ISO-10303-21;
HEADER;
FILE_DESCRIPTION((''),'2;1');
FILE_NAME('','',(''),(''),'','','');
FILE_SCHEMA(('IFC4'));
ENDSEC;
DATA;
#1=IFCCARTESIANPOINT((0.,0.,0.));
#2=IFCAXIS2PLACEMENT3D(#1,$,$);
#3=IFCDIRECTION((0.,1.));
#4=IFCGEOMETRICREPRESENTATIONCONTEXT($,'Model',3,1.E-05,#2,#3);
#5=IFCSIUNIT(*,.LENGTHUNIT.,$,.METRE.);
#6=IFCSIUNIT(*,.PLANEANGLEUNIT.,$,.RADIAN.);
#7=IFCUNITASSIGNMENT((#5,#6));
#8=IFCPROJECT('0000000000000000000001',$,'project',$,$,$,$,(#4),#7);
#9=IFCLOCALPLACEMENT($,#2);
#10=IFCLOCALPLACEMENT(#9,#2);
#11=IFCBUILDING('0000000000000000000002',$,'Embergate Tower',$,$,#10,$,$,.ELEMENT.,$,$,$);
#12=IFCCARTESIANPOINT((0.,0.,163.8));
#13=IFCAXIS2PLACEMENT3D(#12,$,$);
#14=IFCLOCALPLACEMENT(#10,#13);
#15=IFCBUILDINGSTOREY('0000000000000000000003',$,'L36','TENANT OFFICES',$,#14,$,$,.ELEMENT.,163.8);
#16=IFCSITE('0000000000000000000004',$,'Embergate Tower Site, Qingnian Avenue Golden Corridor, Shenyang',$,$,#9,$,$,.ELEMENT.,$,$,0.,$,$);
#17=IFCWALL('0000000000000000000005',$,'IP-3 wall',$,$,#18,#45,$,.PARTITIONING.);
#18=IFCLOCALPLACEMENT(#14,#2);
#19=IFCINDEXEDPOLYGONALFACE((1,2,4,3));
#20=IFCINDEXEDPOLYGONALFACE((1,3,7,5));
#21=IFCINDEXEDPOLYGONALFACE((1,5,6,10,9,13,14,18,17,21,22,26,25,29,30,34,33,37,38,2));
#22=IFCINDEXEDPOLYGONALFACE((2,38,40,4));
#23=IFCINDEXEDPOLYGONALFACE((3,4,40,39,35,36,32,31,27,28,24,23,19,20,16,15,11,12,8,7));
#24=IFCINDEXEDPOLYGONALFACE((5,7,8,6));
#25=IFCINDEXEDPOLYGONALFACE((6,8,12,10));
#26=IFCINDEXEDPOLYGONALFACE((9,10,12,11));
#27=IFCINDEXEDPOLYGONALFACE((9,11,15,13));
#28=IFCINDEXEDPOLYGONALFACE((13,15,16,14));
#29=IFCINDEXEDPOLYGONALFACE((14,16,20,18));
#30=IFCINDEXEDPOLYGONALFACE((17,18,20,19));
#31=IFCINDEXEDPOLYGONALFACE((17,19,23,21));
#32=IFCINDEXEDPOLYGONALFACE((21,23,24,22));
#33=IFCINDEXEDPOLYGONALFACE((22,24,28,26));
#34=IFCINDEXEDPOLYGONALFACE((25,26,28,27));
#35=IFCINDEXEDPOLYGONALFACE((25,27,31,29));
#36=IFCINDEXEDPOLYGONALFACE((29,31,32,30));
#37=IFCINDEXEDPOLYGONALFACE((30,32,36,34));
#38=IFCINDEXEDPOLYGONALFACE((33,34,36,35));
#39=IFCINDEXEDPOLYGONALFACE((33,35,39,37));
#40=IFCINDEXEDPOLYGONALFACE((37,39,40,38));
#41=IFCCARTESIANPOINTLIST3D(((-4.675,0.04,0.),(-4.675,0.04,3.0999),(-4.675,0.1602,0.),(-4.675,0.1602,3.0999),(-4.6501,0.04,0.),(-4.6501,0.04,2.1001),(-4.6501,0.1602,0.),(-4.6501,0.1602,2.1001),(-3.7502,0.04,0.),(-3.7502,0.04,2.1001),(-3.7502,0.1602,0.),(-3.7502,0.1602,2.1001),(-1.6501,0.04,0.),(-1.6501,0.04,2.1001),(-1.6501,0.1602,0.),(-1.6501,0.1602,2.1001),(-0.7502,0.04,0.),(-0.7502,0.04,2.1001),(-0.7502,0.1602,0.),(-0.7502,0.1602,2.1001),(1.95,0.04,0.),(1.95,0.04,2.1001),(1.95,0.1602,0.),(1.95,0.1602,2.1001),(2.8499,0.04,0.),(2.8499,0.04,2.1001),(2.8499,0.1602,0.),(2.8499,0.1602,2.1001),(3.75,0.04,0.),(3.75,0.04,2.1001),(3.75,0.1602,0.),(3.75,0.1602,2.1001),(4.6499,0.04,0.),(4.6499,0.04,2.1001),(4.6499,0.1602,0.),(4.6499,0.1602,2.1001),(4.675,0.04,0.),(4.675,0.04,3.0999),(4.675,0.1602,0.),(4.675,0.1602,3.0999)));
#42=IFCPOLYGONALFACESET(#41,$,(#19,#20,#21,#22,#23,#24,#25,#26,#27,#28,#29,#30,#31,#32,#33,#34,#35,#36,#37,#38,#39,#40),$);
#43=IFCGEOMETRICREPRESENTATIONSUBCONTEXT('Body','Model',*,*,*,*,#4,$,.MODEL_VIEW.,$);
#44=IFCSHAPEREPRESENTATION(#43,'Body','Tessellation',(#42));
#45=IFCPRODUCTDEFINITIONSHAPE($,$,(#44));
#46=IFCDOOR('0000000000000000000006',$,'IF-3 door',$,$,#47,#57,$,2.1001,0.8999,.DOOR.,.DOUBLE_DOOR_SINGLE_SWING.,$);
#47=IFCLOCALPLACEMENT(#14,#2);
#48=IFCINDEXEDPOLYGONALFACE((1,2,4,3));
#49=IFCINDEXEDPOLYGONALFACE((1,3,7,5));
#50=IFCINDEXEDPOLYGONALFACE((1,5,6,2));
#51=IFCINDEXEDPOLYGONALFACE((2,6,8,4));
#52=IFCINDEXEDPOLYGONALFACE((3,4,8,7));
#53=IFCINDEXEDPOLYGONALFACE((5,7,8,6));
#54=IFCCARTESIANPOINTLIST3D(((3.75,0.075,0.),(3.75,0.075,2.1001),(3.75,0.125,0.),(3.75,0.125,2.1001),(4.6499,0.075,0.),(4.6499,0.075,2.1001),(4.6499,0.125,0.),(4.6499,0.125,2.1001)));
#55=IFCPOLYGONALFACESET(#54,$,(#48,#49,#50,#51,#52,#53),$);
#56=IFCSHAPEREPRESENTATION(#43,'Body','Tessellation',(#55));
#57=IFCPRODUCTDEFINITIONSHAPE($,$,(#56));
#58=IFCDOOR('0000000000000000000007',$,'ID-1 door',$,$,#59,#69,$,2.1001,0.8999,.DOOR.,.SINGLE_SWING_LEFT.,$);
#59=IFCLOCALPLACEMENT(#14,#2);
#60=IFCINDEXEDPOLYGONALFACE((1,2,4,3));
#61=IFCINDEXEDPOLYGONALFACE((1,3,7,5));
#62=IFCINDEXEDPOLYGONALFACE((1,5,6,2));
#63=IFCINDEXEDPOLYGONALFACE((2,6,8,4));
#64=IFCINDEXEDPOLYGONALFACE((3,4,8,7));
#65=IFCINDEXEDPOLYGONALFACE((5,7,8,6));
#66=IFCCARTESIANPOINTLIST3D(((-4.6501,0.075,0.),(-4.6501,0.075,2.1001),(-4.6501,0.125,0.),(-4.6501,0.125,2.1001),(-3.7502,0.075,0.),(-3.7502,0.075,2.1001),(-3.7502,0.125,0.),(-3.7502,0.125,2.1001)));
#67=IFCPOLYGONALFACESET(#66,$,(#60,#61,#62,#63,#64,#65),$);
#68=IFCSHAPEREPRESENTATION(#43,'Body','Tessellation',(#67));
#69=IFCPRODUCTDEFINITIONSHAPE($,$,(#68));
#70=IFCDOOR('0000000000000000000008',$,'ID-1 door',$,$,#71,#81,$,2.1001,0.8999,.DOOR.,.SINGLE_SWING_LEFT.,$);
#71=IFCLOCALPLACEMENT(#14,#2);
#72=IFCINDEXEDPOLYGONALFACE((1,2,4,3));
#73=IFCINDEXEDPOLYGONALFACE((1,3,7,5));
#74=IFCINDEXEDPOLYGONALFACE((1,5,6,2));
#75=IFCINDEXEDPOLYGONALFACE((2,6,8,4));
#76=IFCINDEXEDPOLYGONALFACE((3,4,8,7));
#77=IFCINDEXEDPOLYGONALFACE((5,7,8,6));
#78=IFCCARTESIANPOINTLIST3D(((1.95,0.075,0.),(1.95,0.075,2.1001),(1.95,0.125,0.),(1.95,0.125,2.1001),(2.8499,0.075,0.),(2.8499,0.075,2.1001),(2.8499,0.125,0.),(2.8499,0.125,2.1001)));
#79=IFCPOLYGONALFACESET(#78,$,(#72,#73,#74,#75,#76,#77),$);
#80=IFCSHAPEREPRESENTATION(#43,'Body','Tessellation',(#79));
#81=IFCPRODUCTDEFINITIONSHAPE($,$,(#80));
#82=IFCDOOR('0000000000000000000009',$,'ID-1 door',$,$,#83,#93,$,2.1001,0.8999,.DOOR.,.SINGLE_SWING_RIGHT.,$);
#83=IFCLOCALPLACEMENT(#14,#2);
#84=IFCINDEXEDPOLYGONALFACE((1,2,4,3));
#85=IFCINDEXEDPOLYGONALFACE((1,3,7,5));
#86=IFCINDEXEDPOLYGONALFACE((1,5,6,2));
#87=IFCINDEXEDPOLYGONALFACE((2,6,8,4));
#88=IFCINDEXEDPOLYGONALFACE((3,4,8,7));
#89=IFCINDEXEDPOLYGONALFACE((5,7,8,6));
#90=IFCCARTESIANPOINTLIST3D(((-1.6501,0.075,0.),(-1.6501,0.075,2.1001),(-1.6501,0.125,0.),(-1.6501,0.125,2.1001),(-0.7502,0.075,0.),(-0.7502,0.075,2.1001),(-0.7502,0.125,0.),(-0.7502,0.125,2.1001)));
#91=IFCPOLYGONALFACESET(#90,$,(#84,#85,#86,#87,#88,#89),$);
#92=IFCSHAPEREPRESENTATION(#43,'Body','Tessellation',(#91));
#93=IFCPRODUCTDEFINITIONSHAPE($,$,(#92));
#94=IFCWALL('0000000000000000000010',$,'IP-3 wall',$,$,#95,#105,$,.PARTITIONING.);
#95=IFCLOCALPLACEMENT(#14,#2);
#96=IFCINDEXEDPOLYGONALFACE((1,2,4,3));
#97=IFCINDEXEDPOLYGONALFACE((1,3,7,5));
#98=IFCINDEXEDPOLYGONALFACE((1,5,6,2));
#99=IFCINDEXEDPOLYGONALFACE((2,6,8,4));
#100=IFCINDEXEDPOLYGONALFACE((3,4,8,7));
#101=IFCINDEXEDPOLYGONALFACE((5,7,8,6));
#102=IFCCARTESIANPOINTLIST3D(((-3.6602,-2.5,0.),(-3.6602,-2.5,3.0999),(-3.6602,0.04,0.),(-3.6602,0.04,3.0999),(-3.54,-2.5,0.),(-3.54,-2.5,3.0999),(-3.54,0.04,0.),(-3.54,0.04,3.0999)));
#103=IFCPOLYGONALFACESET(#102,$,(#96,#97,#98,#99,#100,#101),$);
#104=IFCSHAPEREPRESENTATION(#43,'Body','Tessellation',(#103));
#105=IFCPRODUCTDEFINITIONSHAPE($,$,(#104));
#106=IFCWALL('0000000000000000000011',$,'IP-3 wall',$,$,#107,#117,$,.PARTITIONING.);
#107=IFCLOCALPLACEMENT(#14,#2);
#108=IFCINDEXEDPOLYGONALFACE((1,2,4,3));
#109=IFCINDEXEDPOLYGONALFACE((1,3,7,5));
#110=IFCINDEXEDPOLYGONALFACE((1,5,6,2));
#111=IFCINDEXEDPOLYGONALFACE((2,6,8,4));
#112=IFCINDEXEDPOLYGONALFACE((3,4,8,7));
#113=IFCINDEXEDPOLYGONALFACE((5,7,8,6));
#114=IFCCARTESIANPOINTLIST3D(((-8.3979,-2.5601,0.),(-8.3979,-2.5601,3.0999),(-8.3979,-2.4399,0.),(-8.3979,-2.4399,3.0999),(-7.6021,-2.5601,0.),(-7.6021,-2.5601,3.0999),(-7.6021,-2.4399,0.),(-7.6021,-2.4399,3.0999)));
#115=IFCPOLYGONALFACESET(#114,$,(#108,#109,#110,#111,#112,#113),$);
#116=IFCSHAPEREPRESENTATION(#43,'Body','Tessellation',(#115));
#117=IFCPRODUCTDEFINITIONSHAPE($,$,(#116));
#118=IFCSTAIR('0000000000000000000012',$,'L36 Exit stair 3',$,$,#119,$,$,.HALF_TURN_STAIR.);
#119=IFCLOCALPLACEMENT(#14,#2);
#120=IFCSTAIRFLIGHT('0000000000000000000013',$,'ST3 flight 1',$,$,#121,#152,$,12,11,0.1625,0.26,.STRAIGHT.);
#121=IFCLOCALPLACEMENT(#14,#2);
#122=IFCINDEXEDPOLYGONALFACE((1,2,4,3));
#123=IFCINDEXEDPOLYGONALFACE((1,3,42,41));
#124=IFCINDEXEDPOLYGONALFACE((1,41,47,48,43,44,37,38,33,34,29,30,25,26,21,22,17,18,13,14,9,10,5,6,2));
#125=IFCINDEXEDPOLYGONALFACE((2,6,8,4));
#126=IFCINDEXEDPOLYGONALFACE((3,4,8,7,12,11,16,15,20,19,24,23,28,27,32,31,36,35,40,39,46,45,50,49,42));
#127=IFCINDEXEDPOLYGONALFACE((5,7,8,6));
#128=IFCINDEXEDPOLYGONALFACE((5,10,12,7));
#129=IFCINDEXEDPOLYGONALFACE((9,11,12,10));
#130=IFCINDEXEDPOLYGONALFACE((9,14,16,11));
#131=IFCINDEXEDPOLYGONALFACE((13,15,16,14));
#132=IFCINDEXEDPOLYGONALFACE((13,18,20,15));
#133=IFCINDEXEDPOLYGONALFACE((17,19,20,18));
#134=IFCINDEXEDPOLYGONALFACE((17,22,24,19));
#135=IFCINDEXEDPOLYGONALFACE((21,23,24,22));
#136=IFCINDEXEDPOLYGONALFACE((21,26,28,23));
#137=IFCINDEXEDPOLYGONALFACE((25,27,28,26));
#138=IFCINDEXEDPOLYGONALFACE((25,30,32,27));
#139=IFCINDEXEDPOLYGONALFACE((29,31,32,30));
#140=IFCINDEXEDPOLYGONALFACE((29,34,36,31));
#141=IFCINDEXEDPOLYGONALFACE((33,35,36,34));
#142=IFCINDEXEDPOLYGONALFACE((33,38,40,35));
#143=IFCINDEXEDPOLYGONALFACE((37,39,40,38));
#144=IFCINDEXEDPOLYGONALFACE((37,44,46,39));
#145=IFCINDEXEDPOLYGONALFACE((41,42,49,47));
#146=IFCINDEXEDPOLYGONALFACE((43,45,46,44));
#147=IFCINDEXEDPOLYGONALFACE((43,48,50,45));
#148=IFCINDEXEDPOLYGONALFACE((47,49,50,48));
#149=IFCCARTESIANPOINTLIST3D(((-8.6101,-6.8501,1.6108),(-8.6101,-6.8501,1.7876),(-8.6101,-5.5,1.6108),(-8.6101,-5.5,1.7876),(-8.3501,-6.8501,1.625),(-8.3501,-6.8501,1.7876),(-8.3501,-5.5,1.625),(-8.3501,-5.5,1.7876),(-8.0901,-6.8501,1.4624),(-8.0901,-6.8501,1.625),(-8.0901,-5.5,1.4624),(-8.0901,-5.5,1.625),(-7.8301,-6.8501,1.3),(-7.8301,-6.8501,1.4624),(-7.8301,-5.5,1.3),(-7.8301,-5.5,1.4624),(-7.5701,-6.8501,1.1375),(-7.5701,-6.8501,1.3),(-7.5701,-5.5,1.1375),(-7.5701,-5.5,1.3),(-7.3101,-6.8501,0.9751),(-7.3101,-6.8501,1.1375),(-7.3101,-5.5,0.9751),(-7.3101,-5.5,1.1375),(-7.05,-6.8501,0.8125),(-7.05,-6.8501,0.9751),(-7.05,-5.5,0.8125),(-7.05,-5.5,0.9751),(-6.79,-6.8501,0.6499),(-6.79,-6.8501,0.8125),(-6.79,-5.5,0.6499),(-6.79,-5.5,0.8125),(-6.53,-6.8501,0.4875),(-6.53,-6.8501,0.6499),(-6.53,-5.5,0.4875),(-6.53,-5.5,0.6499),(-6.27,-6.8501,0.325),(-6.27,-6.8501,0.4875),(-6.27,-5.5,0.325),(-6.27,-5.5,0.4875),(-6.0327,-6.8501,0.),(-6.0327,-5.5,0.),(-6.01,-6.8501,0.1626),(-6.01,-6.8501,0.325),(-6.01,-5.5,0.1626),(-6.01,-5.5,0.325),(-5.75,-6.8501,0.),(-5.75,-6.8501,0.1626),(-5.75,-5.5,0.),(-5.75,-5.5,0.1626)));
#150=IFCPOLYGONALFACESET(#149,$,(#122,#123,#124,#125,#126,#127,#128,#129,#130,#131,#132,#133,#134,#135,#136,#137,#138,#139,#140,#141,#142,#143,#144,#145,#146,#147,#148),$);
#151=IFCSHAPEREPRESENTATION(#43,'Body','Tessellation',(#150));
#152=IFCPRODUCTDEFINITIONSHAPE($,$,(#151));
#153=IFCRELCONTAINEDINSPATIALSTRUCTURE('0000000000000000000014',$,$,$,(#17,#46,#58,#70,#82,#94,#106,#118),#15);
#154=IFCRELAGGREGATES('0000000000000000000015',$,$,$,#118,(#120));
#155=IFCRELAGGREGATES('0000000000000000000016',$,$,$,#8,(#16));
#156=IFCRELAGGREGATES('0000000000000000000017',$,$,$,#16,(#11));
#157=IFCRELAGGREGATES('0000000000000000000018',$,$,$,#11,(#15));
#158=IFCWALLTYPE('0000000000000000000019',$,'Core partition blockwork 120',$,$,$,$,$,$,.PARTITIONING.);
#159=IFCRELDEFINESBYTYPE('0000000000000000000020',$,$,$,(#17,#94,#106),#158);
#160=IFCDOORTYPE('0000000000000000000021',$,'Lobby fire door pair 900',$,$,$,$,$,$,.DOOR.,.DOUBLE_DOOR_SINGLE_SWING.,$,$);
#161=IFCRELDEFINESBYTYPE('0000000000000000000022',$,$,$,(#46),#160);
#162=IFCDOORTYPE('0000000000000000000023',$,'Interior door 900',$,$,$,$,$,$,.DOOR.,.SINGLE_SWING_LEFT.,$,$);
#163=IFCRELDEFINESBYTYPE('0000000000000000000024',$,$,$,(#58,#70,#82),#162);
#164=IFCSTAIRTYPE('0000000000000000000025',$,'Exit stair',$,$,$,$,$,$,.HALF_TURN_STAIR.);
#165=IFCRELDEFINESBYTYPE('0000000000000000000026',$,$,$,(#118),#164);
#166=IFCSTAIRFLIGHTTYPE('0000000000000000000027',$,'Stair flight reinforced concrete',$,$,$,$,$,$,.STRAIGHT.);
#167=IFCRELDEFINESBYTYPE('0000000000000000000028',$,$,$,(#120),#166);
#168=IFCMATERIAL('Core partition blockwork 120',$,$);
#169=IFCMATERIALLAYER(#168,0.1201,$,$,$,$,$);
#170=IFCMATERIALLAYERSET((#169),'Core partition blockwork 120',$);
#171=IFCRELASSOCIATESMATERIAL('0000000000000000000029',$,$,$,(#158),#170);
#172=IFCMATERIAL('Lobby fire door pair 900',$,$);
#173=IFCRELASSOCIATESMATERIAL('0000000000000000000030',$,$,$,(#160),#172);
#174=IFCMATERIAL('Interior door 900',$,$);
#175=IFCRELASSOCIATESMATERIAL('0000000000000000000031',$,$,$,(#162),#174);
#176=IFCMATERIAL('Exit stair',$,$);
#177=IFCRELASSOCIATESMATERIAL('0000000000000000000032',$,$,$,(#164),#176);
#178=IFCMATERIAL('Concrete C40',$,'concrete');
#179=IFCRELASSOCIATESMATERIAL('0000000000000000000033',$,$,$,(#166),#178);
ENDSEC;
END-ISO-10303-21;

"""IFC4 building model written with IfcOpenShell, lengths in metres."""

from ifc_helpers import new_model, si_unit, direction, frame, frame_2d, origin, place, context, subcontext, project, spatial, polyline, rectangle, outline, extrude, source, transform, mapped, material, layer, layer_set, type_object, element, fill, aggregate, save


model = new_model("IFC4")

# Units and contexts
model_context = context("Model", 3, precision=1e-05, world=origin(), true_north=direction((0.0, 1.0)))
body_context = subcontext(model_context, "Body", "Model", "MODEL_VIEW")
ifc_project = project(units=[si_unit("LENGTHUNIT", "METRE"), si_unit("PLANEANGLEUNIT", "RADIAN")], contexts=[model_context])

# Site, building, storey
site_placement = place(None, origin())
site = spatial("IfcSite", under=ifc_project, at=site_placement, Name="Embergate Tower Site, Qingnian Avenue Golden Corridor, Shenyang", CompositionType="ELEMENT", RefElevation=0.0)
building_placement = place(site_placement, origin())
building = spatial("IfcBuilding", under=site, at=building_placement, Name="Embergate Tower", CompositionType="ELEMENT")
storey_placement = place(building_placement, frame((0.0, 0.0, 163.8)))
storey = spatial("IfcBuildingStorey", under=building, at=storey_placement, Name="L36", Description="TENANT OFFICES", CompositionType="ELEMENT", Elevation=163.8)

# Shared definitions
ifc_material_1 = material(Name="Core partition blockwork 120")
ifc_layer_1 = layer(ifc_material_1, 0.1201)
ifc_layer_set_1 = layer_set([ifc_layer_1], Name="Core partition blockwork 120")
wall_type_1 = type_object("IfcWallType", Name="Core partition blockwork 120", PredefinedType="PARTITIONING", material=ifc_layer_set_1)

# Wall, openings, doors
shared_shape_1 = source(origin(), body_context, "Body", "SweptSolid", [
    extrude(rectangle(XDim=9.3501, YDim=0.1201, at=frame_2d((4.675, 0.0))), origin(), (0.0, 0.0, 1.0), 3.0999),
])
wall_1_placement = place(storey_placement, frame((-4.675, 0.1001, 0.0), z_axis=(0.0, 0.0, 1.0), x_axis=(1.0, 0.0, 0.0)))
wall_1 = element("IfcWall", 1, at=wall_1_placement, inside=storey, type_object=wall_type_1, Name="IP-3 wall", PredefinedType="PARTITIONING", context=body_context, shape_type="MappedRepresentation", body=[
    mapped(shared_shape_1, transform((0.0, 0.0, 0.0))),
])
shared_shape_2 = source(origin(), body_context, "Body", "SweptSolid", [
    extrude(rectangle(XDim=0.8999, YDim=2.1001, at=frame_2d((0.45, 1.05))), frame((0.0, 0.0701, 0.0), z_axis=(0.0, -1.0, 0.0), x_axis=(1.0, 0.0, 0.0)), (0.0, 0.0, 1.0), 0.1401),
])
opening_1_placement = place(wall_1_placement, frame((8.425, 0.0, 0.0)))
opening_1 = element("IfcOpeningElement", 2, at=opening_1_placement, cuts=wall_1, PredefinedType="OPENING", context=body_context, shape_type="MappedRepresentation", body=[
    mapped(shared_shape_2, transform((0.0, 0.0, 0.0))),
])
opening_2_placement = place(wall_1_placement, frame((0.0249, 0.0, 0.0)))
opening_2 = element("IfcOpeningElement", 3, at=opening_2_placement, cuts=wall_1, PredefinedType="OPENING", context=body_context, shape_type="MappedRepresentation", body=[
    mapped(shared_shape_2, transform((0.0, 0.0, 0.0))),
])
opening_3_placement = place(wall_1_placement, frame((6.625, 0.0, 0.0)))
opening_3 = element("IfcOpeningElement", 4, at=opening_3_placement, cuts=wall_1, PredefinedType="OPENING", context=body_context, shape_type="MappedRepresentation", body=[
    mapped(shared_shape_2, transform((0.0, 0.0, 0.0))),
])
opening_4_placement = place(wall_1_placement, frame((3.0249, 0.0, 0.0)))
opening_4 = element("IfcOpeningElement", 5, at=opening_4_placement, cuts=wall_1, PredefinedType="OPENING", context=body_context, shape_type="MappedRepresentation", body=[
    mapped(shared_shape_2, transform((0.0, 0.0, 0.0))),
])
ifc_material_2 = material(Name="Lobby fire door pair 900")
door_type_1 = type_object("IfcDoorType", Name="Lobby fire door pair 900", OperationType="DOUBLE_DOOR_SINGLE_SWING", PredefinedType="DOOR", material=ifc_material_2)
shared_shape_3 = source(origin(), body_context, "Body", "SweptSolid", [
    extrude(rectangle(XDim=0.8999, YDim=2.1001, at=frame_2d((0.45, 1.05))), frame((0.0, 0.0249, 0.0), z_axis=(0.0, -1.0, 0.0), x_axis=(1.0, 0.0, 0.0)), (0.0, 0.0, 1.0), 0.05),
])
door_1_placement = place(opening_1_placement, origin())
door_1 = element("IfcDoor", 6, at=door_1_placement, inside=storey, type_object=door_type_1, Name="IF-3 door", OperationType="DOUBLE_DOOR_SINGLE_SWING", OverallHeight=2.1001, OverallWidth=0.8999, PredefinedType="DOOR", context=body_context, shape_type="MappedRepresentation", body=[
    mapped(shared_shape_3, transform((0.0, 0.0, 0.0))),
])
fill(opening_1, door_1)
ifc_material_3 = material(Name="Interior door 900")
door_type_2 = type_object("IfcDoorType", Name="Interior door 900", OperationType="SINGLE_SWING_LEFT", PredefinedType="DOOR", material=ifc_material_3)
door_2_placement = place(opening_2_placement, origin())
door_2 = element("IfcDoor", 7, at=door_2_placement, inside=storey, type_object=door_type_2, Name="ID-1 door", OperationType="SINGLE_SWING_LEFT", OverallHeight=2.1001, OverallWidth=0.8999, PredefinedType="DOOR", context=body_context, shape_type="MappedRepresentation", body=[
    mapped(shared_shape_3, transform((0.0, 0.0, 0.0))),
])
fill(opening_2, door_2)
door_3_placement = place(opening_3_placement, origin())
door_3 = element("IfcDoor", 8, at=door_3_placement, inside=storey, type_object=door_type_2, Name="ID-1 door", OperationType="SINGLE_SWING_LEFT", OverallHeight=2.1001, OverallWidth=0.8999, PredefinedType="DOOR", context=body_context, shape_type="MappedRepresentation", body=[
    mapped(shared_shape_3, transform((0.0, 0.0, 0.0))),
])
fill(opening_3, door_3)
door_4_placement = place(opening_4_placement, origin())
door_4 = element("IfcDoor", 9, at=door_4_placement, inside=storey, type_object=door_type_2, Name="ID-1 door", OperationType="SINGLE_SWING_RIGHT", OverallHeight=2.1001, OverallWidth=0.8999, PredefinedType="DOOR", context=body_context, shape_type="MappedRepresentation", body=[
    mapped(shared_shape_3, transform((0.0, 0.0, 0.0))),
])
fill(opening_4, door_4)

# Walls
shared_shape_4 = source(origin(), body_context, "Body", "SweptSolid", [
    extrude(rectangle(XDim=2.54, YDim=0.1201, at=frame_2d((1.27, 0.0))), origin(), (0.0, 0.0, 1.0), 3.0999),
])
wall_2_placement = place(storey_placement, frame((-3.6001, -2.5, 0.0), z_axis=(0.0, 0.0, 1.0), x_axis=(0.0, 1.0, 0.0)))
element("IfcWall", 10, at=wall_2_placement, inside=storey, type_object=wall_type_1, Name="IP-3 wall", PredefinedType="PARTITIONING", context=body_context, shape_type="MappedRepresentation", body=[
    mapped(shared_shape_4, transform((0.0, 0.0, 0.0))),
])
shared_shape_5 = source(origin(), body_context, "Body", "SweptSolid", [
    extrude(rectangle(XDim=0.7959, YDim=0.1201, at=frame_2d((0.3979, 0.0))), origin(), (0.0, 0.0, 1.0), 3.0999),
])
wall_3_placement = place(storey_placement, frame((-8.3979, -2.5, 0.0), z_axis=(0.0, 0.0, 1.0), x_axis=(1.0, 0.0, 0.0)))
element("IfcWall", 11, at=wall_3_placement, inside=storey, type_object=wall_type_1, Name="IP-3 wall", PredefinedType="PARTITIONING", context=body_context, shape_type="MappedRepresentation", body=[
    mapped(shared_shape_5, transform((0.0, 0.0, 0.0))),
])

# Stair, stair flight
ifc_material_4 = material(Name="Exit stair")
stair_type = type_object("IfcStairType", Name="Exit stair", PredefinedType="HALF_TURN_STAIR", material=ifc_material_4)
stair_placement = place(storey_placement, origin())
stair = element("IfcStair", 12, at=stair_placement, inside=storey, type_object=stair_type, Name="L36 Exit stair 3", PredefinedType="HALF_TURN_STAIR")
ifc_material_5 = material(Name="Concrete C40", Category="concrete")
stair_flight_type = type_object("IfcStairFlightType", Name="Stair flight reinforced concrete", PredefinedType="STRAIGHT", material=ifc_material_5)
shared_shape_6 = source(origin(), body_context, "Body", "SweptSolid", [
    extrude(outline(polyline([(0.0, 0.0), (0.0, 0.1626), (0.26, 0.1626), (0.26, 0.325), (0.52, 0.325), (0.52, 0.4875), (0.78, 0.4875), (0.78, 0.6499), (1.04, 0.6499), (1.04, 0.8125), (1.3, 0.8125), (1.3, 0.9751), (1.5601, 0.9751), (1.5601, 1.1375), (1.8201, 1.1375), (1.8201, 1.3), (2.0801, 1.3), (2.0801, 1.4624), (2.3401, 1.4624), (2.3401, 1.625), (2.6001, 1.625), (2.6001, 1.7876), (2.8601, 1.7876), (2.8601, 1.95), (2.8601, 1.6108), (0.2827, 0.0), (0.0, 0.0)])), frame((0.0, 0.675, 0.0), z_axis=(0.0, -1.0, 0.0), x_axis=(1.0, 0.0, 0.0)), (0.0, 0.0, 1.0), 1.3501),
])
stair_flight_placement = place(storey_placement, frame((-5.75, -6.175, 0.0), z_axis=(0.0, 0.0, 1.0), x_axis=(-1.0, 0.0, 0.0)))
stair_flight = element("IfcStairFlight", 13, at=stair_flight_placement, type_object=stair_flight_type, Name="ST3 flight 1", NumberOfRisers=12, NumberOfTreads=11, PredefinedType="STRAIGHT", RiserHeight=0.1625, TreadLength=0.26, context=body_context, shape_type="MappedRepresentation", body=[
    mapped(shared_shape_6, transform((0.0, 0.0, 0.0))),
])
aggregate(stair, [stair_flight])

save(model, "model.ifc")
